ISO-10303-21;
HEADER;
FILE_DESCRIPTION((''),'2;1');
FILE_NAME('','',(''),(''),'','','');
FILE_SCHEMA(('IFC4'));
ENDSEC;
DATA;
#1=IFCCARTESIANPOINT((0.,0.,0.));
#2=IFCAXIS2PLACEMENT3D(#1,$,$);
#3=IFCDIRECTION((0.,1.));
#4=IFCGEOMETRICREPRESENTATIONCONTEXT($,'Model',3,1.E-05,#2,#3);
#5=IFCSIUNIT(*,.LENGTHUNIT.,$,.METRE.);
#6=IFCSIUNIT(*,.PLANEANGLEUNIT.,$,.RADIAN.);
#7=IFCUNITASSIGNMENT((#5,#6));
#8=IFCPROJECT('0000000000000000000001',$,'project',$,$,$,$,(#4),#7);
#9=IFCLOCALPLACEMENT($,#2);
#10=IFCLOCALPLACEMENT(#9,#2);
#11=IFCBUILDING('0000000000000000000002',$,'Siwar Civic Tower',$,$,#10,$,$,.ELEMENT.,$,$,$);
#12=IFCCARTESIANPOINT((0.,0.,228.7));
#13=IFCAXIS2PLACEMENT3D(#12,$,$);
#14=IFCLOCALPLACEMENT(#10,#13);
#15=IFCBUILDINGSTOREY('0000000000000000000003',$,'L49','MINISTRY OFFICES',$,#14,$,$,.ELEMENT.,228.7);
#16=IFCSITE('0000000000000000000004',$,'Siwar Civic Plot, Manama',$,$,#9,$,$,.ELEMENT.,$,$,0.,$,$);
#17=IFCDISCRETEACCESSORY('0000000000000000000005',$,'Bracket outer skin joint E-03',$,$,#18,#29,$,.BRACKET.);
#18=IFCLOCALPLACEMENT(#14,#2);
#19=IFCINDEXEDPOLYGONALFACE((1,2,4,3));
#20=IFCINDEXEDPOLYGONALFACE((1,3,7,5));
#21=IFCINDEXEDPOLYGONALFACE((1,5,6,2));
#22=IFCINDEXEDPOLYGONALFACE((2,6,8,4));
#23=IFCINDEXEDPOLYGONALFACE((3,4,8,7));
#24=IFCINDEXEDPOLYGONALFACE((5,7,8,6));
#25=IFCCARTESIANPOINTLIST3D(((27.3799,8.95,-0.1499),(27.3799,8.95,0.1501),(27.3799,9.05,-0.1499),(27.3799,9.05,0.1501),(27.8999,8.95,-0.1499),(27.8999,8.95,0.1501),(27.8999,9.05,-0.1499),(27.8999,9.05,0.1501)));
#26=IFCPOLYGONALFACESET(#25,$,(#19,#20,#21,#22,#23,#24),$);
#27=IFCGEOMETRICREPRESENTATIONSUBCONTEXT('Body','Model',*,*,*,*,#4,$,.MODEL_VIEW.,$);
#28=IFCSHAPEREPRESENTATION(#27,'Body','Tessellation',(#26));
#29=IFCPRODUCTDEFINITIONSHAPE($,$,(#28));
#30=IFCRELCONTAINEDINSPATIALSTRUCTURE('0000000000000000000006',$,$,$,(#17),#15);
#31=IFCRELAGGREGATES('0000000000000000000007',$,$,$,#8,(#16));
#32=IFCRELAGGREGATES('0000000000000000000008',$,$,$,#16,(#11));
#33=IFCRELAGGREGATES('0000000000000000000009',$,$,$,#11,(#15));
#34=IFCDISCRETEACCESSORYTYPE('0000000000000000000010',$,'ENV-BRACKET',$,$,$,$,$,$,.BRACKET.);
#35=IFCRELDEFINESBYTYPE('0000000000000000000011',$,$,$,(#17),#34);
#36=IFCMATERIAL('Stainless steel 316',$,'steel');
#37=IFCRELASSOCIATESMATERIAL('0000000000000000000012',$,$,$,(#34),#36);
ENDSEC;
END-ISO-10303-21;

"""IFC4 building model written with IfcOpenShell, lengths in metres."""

from ifc_helpers import new_model, si_unit, direction, frame, origin, origin_2d, place, context, subcontext, project, spatial, rectangle, extrude, material, type_object, element, save


model = new_model("IFC4")

# Units and contexts
model_context = context("Model", 3, precision=1e-05, world=origin(), true_north=direction((0.0, 1.0)))
body_context = subcontext(model_context, "Body", "Model", "MODEL_VIEW")
ifc_project = project(units=[si_unit("LENGTHUNIT", "METRE"), si_unit("PLANEANGLEUNIT", "RADIAN")], contexts=[model_context])

# Site, building, storey
site_placement = place(None, origin())
site = spatial("IfcSite", under=ifc_project, at=site_placement, Name="Siwar Civic Plot, Manama", CompositionType="ELEMENT", RefElevation=0.0)
building_placement = place(site_placement, origin())
building = spatial("IfcBuilding", under=site, at=building_placement, Name="Siwar Civic Tower", CompositionType="ELEMENT")
storey_placement = place(building_placement, frame((0.0, 0.0, 228.7)))
storey = spatial("IfcBuildingStorey", under=building, at=storey_placement, Name="L49", Description="MINISTRY OFFICES", CompositionType="ELEMENT", Elevation=228.7)

# Discrete accessory
ifc_material_1 = material(Name="Stainless steel 316", Category="steel")
discrete_accessory_type = type_object("IfcDiscreteAccessoryType", Name="ENV-BRACKET", PredefinedType="BRACKET", material=ifc_material_1)
for number, where, z_axis, x_axis, name in (
    (1, (27.6399, 9.0, -0.1499), (0.0, 0.0, 1.0), (1.0, 0.0, 0.0), "Bracket outer skin joint E-03"),
):
    element("IfcDiscreteAccessory", number, at=place(storey_placement, frame(where, z_axis=z_axis, x_axis=x_axis)), inside=storey, type_object=discrete_accessory_type, Name=name, PredefinedType="BRACKET", context=body_context, shape_type="SweptSolid", body=[
        extrude(rectangle(XDim=0.52, YDim=0.1001, at=origin_2d()), origin(), (0.0, 0.0, 1.0), 0.3),
    ])

save(model, "model.ifc")
